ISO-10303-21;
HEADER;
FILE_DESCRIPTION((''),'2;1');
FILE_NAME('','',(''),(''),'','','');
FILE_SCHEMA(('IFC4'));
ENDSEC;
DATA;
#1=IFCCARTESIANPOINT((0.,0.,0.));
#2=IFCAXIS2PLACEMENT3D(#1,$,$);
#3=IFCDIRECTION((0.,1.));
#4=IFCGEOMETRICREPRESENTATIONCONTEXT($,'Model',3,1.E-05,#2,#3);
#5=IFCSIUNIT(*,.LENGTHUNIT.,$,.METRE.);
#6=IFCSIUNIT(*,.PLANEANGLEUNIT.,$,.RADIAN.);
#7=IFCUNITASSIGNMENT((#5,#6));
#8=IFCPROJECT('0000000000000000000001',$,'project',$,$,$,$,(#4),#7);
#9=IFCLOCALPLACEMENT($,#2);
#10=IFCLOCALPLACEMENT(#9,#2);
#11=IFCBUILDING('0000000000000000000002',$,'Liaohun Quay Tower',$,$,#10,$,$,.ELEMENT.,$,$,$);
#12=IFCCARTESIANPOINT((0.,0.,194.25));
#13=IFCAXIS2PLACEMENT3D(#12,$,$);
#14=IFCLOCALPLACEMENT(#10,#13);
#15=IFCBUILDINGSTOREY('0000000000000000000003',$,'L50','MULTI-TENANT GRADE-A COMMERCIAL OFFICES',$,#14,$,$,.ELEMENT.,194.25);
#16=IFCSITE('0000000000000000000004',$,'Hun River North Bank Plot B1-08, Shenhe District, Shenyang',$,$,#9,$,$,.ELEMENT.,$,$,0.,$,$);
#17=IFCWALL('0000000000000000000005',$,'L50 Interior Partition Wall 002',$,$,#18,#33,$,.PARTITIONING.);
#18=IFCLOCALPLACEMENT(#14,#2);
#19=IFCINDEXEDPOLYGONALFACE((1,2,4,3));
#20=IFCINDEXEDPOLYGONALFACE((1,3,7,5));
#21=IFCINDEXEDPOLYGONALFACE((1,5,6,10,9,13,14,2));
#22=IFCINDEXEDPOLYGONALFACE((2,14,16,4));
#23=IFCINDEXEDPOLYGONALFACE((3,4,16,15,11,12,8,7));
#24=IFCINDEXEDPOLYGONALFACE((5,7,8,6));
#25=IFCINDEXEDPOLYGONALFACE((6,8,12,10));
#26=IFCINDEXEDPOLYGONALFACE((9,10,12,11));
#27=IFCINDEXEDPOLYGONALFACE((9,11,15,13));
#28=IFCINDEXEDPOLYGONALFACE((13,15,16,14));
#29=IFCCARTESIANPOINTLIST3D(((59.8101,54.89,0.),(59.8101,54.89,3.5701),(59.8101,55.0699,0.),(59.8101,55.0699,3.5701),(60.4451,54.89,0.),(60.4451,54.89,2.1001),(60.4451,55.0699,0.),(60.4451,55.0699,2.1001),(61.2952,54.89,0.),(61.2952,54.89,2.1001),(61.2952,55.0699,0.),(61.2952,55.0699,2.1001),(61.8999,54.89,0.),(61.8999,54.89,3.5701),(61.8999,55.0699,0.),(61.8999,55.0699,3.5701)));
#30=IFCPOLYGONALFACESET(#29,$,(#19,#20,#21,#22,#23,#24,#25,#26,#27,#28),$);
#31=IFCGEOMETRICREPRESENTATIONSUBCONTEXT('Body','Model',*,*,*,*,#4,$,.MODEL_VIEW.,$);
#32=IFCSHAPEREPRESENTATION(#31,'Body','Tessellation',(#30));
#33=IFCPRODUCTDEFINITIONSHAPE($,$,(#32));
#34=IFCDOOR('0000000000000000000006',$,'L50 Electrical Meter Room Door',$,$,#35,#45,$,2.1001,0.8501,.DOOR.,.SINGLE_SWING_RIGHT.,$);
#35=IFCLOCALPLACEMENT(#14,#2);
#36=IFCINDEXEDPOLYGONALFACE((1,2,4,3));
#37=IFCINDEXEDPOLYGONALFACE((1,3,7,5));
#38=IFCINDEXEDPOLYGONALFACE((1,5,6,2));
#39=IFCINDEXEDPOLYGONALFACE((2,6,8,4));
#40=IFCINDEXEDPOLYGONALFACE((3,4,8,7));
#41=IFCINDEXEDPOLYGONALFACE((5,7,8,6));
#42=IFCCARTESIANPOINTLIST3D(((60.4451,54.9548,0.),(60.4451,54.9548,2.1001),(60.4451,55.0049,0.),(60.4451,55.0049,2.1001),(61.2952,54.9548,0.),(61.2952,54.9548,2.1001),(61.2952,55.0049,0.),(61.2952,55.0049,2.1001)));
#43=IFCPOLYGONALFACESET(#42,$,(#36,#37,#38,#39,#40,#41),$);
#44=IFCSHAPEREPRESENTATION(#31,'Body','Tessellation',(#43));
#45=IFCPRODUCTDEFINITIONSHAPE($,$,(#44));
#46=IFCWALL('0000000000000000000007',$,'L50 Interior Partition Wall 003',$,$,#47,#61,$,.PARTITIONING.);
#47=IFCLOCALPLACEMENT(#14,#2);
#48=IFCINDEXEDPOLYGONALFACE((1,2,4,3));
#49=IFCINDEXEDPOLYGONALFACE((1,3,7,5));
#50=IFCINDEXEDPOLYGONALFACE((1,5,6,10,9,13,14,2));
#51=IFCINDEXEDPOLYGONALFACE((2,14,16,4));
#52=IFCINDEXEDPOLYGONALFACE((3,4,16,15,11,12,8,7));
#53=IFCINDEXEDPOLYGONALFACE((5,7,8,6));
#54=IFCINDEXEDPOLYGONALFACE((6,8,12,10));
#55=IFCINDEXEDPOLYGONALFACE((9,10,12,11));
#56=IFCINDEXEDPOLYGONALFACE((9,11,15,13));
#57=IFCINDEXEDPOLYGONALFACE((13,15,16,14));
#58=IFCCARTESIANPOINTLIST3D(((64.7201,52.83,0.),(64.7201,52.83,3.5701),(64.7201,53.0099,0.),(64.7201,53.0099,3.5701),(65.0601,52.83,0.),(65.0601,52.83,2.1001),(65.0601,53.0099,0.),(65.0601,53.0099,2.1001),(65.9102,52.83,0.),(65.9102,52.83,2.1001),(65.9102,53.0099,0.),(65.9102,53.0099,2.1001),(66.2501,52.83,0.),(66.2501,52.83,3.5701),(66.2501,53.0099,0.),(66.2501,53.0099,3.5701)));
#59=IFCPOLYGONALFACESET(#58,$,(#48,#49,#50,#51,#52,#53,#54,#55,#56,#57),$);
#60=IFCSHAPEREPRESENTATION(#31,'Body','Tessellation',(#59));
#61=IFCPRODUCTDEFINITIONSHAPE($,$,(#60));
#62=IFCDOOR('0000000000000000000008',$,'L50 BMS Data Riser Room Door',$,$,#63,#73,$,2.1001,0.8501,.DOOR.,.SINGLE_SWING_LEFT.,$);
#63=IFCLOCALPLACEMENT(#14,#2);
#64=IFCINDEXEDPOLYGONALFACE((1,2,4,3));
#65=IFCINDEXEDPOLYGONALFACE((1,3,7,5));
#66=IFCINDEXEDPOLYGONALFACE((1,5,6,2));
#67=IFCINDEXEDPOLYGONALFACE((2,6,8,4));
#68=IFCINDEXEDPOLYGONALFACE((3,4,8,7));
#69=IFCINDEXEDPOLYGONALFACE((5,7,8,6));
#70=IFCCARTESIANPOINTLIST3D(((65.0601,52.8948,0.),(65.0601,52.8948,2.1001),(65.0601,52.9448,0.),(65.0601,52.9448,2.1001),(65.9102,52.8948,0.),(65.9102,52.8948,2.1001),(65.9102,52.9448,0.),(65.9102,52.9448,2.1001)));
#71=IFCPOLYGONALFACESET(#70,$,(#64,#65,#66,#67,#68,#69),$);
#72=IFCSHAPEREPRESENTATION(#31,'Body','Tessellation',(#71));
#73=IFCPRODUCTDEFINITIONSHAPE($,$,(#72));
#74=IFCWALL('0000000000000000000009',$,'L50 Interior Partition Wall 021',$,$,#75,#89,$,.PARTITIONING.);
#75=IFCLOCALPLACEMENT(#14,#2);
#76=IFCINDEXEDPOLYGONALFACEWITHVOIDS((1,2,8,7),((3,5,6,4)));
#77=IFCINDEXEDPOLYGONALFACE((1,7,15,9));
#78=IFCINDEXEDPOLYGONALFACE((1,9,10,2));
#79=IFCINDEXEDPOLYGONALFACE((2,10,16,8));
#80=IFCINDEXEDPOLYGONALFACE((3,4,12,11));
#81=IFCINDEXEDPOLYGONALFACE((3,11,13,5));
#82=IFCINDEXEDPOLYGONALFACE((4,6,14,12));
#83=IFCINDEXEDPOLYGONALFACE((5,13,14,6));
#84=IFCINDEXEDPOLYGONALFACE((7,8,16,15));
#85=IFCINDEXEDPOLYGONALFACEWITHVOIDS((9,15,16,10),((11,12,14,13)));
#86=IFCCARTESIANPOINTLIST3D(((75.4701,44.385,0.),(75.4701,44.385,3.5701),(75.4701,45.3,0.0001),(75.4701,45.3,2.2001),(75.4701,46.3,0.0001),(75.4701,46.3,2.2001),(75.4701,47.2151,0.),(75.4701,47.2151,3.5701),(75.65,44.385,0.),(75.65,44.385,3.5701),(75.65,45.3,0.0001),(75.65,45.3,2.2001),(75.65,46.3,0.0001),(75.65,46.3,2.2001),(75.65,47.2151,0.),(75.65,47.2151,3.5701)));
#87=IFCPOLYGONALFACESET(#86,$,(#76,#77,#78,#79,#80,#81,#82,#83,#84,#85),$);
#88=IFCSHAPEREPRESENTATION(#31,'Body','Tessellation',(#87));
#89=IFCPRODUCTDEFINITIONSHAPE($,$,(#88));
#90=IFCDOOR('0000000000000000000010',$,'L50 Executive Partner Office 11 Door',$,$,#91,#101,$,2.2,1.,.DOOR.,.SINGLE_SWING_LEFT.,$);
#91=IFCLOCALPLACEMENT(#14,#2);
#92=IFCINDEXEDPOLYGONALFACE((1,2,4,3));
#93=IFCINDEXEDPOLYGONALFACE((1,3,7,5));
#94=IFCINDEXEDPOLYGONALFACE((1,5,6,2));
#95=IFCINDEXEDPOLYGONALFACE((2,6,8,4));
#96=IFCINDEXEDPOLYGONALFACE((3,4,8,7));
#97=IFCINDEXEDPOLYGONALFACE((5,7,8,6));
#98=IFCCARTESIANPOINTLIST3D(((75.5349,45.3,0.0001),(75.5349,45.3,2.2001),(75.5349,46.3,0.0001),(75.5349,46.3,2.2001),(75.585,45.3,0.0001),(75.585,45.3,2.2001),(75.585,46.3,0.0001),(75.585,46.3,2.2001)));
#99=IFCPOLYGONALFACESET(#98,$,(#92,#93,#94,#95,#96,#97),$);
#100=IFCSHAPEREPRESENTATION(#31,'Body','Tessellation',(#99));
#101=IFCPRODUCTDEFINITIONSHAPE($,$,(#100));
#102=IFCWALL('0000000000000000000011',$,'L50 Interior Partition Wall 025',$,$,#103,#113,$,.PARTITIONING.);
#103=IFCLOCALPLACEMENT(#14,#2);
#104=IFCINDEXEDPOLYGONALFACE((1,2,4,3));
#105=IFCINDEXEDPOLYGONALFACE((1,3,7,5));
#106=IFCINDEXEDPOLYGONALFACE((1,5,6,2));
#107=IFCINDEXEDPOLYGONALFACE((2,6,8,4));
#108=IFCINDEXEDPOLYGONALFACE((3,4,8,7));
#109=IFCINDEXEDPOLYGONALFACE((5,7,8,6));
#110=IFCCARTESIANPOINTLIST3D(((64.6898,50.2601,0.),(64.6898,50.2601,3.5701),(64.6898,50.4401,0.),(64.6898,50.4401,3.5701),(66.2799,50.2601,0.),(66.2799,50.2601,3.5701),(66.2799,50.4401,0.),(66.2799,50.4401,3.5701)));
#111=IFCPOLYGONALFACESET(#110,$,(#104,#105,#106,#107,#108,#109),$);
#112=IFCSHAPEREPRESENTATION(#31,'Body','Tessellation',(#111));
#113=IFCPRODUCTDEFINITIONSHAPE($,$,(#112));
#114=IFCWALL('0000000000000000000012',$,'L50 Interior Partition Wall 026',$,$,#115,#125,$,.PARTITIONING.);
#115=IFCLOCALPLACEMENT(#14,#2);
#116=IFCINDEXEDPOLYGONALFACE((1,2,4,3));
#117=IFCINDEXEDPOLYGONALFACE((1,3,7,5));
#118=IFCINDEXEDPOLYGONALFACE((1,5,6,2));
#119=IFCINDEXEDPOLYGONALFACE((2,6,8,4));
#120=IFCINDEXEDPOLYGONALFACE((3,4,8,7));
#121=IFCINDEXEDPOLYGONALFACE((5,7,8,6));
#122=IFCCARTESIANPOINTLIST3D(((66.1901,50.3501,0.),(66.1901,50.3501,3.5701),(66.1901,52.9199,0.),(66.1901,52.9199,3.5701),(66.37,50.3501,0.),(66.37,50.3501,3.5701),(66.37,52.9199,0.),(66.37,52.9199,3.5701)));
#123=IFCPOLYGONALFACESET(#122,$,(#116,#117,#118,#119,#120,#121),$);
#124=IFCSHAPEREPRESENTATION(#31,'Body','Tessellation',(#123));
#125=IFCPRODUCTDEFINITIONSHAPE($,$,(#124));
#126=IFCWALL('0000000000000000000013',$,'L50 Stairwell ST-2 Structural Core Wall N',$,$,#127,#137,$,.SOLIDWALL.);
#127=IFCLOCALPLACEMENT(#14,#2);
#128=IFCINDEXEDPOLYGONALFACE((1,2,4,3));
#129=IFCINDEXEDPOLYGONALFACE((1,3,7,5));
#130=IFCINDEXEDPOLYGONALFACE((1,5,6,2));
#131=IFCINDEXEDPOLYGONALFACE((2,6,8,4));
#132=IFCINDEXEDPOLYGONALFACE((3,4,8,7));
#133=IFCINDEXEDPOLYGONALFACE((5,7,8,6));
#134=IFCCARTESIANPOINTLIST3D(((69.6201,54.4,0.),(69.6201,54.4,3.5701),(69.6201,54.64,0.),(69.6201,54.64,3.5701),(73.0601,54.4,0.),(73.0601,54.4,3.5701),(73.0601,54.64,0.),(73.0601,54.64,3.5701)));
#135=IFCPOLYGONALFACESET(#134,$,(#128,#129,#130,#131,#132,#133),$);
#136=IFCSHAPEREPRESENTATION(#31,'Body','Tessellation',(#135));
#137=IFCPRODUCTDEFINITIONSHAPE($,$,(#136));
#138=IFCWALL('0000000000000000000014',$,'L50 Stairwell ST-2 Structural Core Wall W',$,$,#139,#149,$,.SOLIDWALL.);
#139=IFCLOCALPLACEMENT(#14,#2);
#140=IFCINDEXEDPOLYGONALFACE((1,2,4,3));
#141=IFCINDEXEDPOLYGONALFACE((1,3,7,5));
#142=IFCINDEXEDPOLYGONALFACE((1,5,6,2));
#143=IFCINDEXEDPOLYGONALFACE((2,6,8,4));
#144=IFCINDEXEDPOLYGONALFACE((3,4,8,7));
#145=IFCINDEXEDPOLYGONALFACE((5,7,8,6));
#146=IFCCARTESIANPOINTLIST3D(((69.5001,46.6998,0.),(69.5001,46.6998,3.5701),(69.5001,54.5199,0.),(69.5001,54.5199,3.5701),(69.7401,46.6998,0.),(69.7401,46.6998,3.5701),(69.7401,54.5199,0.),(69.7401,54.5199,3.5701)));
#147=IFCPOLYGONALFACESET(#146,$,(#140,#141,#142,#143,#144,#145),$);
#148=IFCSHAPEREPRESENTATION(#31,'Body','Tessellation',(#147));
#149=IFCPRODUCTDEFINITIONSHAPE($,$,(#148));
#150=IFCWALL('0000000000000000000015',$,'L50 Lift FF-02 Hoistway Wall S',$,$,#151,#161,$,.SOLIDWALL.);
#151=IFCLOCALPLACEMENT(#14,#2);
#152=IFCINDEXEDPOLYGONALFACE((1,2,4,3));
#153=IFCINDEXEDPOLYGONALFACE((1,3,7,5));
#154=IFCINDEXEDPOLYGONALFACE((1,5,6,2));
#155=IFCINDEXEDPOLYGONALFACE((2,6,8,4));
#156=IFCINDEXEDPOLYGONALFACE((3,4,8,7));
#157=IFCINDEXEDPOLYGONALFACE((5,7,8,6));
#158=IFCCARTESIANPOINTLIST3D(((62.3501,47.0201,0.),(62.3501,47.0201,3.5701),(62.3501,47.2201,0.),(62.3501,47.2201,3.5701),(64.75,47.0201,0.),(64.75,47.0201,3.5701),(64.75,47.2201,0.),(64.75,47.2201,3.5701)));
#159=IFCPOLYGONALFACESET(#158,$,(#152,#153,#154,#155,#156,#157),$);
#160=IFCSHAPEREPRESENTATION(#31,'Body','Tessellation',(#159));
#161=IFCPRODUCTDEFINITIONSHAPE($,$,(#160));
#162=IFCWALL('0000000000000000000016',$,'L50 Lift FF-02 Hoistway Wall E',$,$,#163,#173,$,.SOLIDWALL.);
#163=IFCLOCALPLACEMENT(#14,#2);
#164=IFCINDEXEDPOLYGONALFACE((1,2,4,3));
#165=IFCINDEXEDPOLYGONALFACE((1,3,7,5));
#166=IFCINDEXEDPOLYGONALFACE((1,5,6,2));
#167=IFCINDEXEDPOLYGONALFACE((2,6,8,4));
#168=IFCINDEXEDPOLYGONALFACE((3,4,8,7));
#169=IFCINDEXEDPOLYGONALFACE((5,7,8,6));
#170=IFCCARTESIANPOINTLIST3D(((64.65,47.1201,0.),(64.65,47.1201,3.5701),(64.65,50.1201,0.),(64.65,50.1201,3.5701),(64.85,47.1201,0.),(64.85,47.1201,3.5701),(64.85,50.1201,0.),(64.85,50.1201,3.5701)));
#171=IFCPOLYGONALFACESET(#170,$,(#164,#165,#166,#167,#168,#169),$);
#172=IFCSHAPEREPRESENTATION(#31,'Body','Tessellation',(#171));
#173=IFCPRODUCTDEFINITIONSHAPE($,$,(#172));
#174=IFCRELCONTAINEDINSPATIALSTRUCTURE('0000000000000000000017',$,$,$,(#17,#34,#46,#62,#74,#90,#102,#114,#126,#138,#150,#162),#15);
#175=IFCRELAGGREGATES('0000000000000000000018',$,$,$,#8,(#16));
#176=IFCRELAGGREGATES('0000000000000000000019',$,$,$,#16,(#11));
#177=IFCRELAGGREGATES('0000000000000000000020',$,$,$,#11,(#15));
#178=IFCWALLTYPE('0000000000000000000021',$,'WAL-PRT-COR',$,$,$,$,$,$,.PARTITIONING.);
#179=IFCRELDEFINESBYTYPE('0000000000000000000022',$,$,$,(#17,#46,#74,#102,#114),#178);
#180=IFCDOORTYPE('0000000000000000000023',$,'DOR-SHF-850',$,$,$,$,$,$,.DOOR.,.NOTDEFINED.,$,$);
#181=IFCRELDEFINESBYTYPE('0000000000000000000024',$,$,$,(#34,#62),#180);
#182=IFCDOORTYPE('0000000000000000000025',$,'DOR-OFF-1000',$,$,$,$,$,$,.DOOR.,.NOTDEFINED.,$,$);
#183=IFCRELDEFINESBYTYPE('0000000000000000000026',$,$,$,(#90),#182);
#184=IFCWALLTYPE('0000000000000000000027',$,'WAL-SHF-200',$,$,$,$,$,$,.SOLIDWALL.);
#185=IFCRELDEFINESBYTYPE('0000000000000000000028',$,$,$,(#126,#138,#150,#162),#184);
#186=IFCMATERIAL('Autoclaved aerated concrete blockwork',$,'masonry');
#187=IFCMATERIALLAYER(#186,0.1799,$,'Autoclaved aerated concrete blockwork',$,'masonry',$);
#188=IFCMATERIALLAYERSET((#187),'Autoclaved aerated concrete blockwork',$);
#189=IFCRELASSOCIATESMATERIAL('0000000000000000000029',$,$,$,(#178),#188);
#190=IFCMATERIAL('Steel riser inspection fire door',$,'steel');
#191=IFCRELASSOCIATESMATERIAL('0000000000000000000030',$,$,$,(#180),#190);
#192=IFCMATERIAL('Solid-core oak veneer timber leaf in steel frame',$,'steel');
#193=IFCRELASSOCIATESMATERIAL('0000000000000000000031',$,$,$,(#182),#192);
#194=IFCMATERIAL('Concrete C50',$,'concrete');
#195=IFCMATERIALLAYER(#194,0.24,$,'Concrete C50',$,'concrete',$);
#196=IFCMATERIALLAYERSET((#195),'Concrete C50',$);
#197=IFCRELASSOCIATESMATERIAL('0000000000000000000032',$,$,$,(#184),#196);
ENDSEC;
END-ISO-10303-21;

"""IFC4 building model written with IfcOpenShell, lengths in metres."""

from ifc_helpers import new_model, si_unit, direction, frame, frame_2d, origin, place, context, subcontext, project, spatial, rectangle, extrude, source, transform, mapped, material, layer, layer_set, type_object, element, fill, save


model = new_model("IFC4")

# Units and contexts
model_context = context("Model", 3, precision=1e-05, world=origin(), true_north=direction((0.0, 1.0)))
body_context = subcontext(model_context, "Body", "Model", "MODEL_VIEW")
ifc_project = project(units=[si_unit("LENGTHUNIT", "METRE"), si_unit("PLANEANGLEUNIT", "RADIAN")], contexts=[model_context])

# Site, building, storey
site_placement = place(None, origin())
site = spatial("IfcSite", under=ifc_project, at=site_placement, Name="Hun River North Bank Plot B1-08, Shenhe District, Shenyang", CompositionType="ELEMENT", RefElevation=0.0)
building_placement = place(site_placement, origin())
building = spatial("IfcBuilding", under=site, at=building_placement, Name="Liaohun Quay Tower", CompositionType="ELEMENT")
storey_placement = place(building_placement, frame((0.0, 0.0, 194.25)))
storey = spatial("IfcBuildingStorey", under=building, at=storey_placement, Name="L50", Description="MULTI-TENANT GRADE-A COMMERCIAL OFFICES", CompositionType="ELEMENT", Elevation=194.25)

# Walls, openings, doors
ifc_material_1 = material(Name="Autoclaved aerated concrete blockwork", Category="masonry")
ifc_layer_1 = layer(ifc_material_1, 0.1799, Name="Autoclaved aerated concrete blockwork", Category="masonry")
ifc_layer_set_1 = layer_set([ifc_layer_1], Name="Autoclaved aerated concrete blockwork")
wall_type_1 = type_object("IfcWallType", Name="WAL-PRT-COR", PredefinedType="PARTITIONING", material=ifc_layer_set_1)
wall_1_placement = place(storey_placement, frame((59.8101, 54.98, 0.0), z_axis=(0.0, 0.0, 1.0), x_axis=(1.0, 0.0, 0.0)))
wall_1 = element("IfcWall", 1, at=wall_1_placement, inside=storey, type_object=wall_type_1, Name="L50 Interior Partition Wall 002", PredefinedType="PARTITIONING", context=body_context, shape_type="SweptSolid", body=[
    extrude(rectangle(XDim=2.0898, YDim=0.1799, at=frame_2d((1.0449, 0.0))), origin(), (0.0, 0.0, 1.0), 3.5701),
])
shared_shape_1 = source(origin(), body_context, "Body", "SweptSolid", [
    extrude(rectangle(XDim=0.8501, YDim=2.1001, at=frame_2d((0.425, 1.05))), frame((0.0, 0.0999, 0.0), z_axis=(0.0, -1.0, 0.0), x_axis=(1.0, 0.0, 0.0)), (0.0, 0.0, 1.0), 0.2),
])
opening_1_placement = place(wall_1_placement, frame((0.635, 0.0, 0.0)))
opening_1 = element("IfcOpeningElement", 2, at=opening_1_placement, cuts=wall_1, PredefinedType="OPENING", context=body_context, shape_type="MappedRepresentation", body=[
    mapped(shared_shape_1, transform((0.0, 0.0, 0.0), x_axis=(1.0, 0.0, 0.0), y_axis=(0.0, 1.0, 0.0), z_axis=(0.0, 0.0, 1.0), scale=1.0)),
])
ifc_material_2 = material(Name="Steel riser inspection fire door", Category="steel")
door_type_1 = type_object("IfcDoorType", Name="DOR-SHF-850", OperationType="NOTDEFINED", PredefinedType="DOOR", material=ifc_material_2)
shared_shape_2 = source(origin(), body_context, "Body", "SweptSolid", [
    extrude(rectangle(XDim=0.8501, YDim=2.1001, at=frame_2d((0.425, 1.05))), frame((0.0, 0.0249, 0.0), z_axis=(0.0, -1.0, 0.0), x_axis=(1.0, 0.0, 0.0)), (0.0, 0.0, 1.0), 0.05),
])
door_1_placement = place(opening_1_placement, origin())
door_1 = element("IfcDoor", 3, at=door_1_placement, inside=storey, type_object=door_type_1, Name="L50 Electrical Meter Room Door", OperationType="SINGLE_SWING_RIGHT", OverallHeight=2.1001, OverallWidth=0.8501, PredefinedType="DOOR", context=body_context, shape_type="MappedRepresentation", body=[
    mapped(shared_shape_2, transform((0.0, 0.0, 0.0), x_axis=(1.0, 0.0, 0.0), y_axis=(0.0, 1.0, 0.0), z_axis=(0.0, 0.0, 1.0), scale=1.0)),
])
fill(opening_1, door_1)
wall_2_placement = place(storey_placement, frame((64.72, 52.9199, 0.0), z_axis=(0.0, 0.0, 1.0), x_axis=(1.0, 0.0, 0.0)))
wall_2 = element("IfcWall", 4, at=wall_2_placement, inside=storey, type_object=wall_type_1, Name="L50 Interior Partition Wall 003", PredefinedType="PARTITIONING", context=body_context, shape_type="SweptSolid", body=[
    extrude(rectangle(XDim=1.53, YDim=0.1799, at=frame_2d((0.7651, 0.0))), origin(), (0.0, 0.0, 1.0), 3.5701),
])
opening_2_placement = place(wall_2_placement, frame((0.3401, 0.0, 0.0)))
opening_2 = element("IfcOpeningElement", 5, at=opening_2_placement, cuts=wall_2, PredefinedType="OPENING", context=body_context, shape_type="MappedRepresentation", body=[
    mapped(shared_shape_1, transform((0.0, 0.0, 0.0), x_axis=(1.0, 0.0, 0.0), y_axis=(0.0, 1.0, 0.0), z_axis=(0.0, 0.0, 1.0), scale=1.0)),
])
door_2_placement = place(opening_2_placement, origin())
door_2 = element("IfcDoor", 6, at=door_2_placement, inside=storey, type_object=door_type_1, Name="L50 BMS Data Riser Room Door", OperationType="SINGLE_SWING_LEFT", OverallHeight=2.1001, OverallWidth=0.8501, PredefinedType="DOOR", context=body_context, shape_type="MappedRepresentation", body=[
    mapped(shared_shape_2, transform((0.0, 0.0, 0.0), x_axis=(1.0, 0.0, 0.0), y_axis=(0.0, 1.0, 0.0), z_axis=(0.0, 0.0, 1.0), scale=1.0)),
])
fill(opening_2, door_2)
wall_3_placement = place(storey_placement, frame((75.5601, 47.2151, 0.0), z_axis=(0.0, 0.0, 1.0), x_axis=(0.0, -1.0, 0.0)))
wall_3 = element("IfcWall", 7, at=wall_3_placement, inside=storey, type_object=wall_type_1, Name="L50 Interior Partition Wall 021", PredefinedType="PARTITIONING", context=body_context, shape_type="SweptSolid", body=[
    extrude(rectangle(XDim=2.8301, YDim=0.1799, at=frame_2d((1.415, 0.0))), origin(), (0.0, 0.0, 1.0), 3.5701),
])
shared_shape_3 = source(origin(), body_context, "Body", "SweptSolid", [
    extrude(rectangle(XDim=1.0, YDim=2.2, at=frame_2d((0.5, 1.1001))), frame((0.0, 0.0999, 0.0), z_axis=(0.0, -1.0, 0.0), x_axis=(1.0, 0.0, 0.0)), (0.0, 0.0, 1.0), 0.2),
])
opening_3_placement = place(wall_3_placement, frame((0.915, 0.0, 0.0)))
opening_3 = element("IfcOpeningElement", 8, at=opening_3_placement, cuts=wall_3, PredefinedType="OPENING", context=body_context, shape_type="MappedRepresentation", body=[
    mapped(shared_shape_3, transform((0.0, 0.0, 0.0), x_axis=(1.0, 0.0, 0.0), y_axis=(0.0, 1.0, 0.0), z_axis=(0.0, 0.0, 1.0), scale=1.0)),
])
ifc_material_3 = material(Name="Solid-core oak veneer timber leaf in steel frame", Category="steel")
door_type_2 = type_object("IfcDoorType", Name="DOR-OFF-1000", OperationType="NOTDEFINED", PredefinedType="DOOR", material=ifc_material_3)
shared_shape_4 = source(origin(), body_context, "Body", "SweptSolid", [
    extrude(rectangle(XDim=1.0, YDim=2.2, at=frame_2d((0.5, 1.1001))), frame((0.0, 0.0249, 0.0), z_axis=(0.0, -1.0, 0.0), x_axis=(1.0, 0.0, 0.0)), (0.0, 0.0, 1.0), 0.05),
])
door_3_placement = place(opening_3_placement, origin())
door_3 = element("IfcDoor", 9, at=door_3_placement, inside=storey, type_object=door_type_2, Name="L50 Executive Partner Office 11 Door", OperationType="SINGLE_SWING_LEFT", OverallHeight=2.2, OverallWidth=1.0, PredefinedType="DOOR", context=body_context, shape_type="MappedRepresentation", body=[
    mapped(shared_shape_4, transform((0.0, 0.0, 0.0), x_axis=(1.0, 0.0, 0.0), y_axis=(0.0, 1.0, 0.0), z_axis=(0.0, 0.0, 1.0), scale=1.0)),
])
fill(opening_3, door_3)

# Walls
wall_4_placement = place(storey_placement, frame((64.6899, 50.3501, 0.0), z_axis=(0.0, 0.0, 1.0), x_axis=(1.0, 0.0, 0.0)))
element("IfcWall", 10, at=wall_4_placement, inside=storey, type_object=wall_type_1, Name="L50 Interior Partition Wall 025", PredefinedType="PARTITIONING", context=body_context, shape_type="SweptSolid", body=[
    extrude(rectangle(XDim=1.5901, YDim=0.1799, at=frame_2d((0.7949, 0.0))), origin(), (0.0, 0.0, 1.0), 3.5701),
])
wall_5_placement = place(storey_placement, frame((66.28, 50.3501, 0.0), z_axis=(0.0, 0.0, 1.0), x_axis=(0.0, 1.0, 0.0)))
element("IfcWall", 11, at=wall_5_placement, inside=storey, type_object=wall_type_1, Name="L50 Interior Partition Wall 026", PredefinedType="PARTITIONING", context=body_context, shape_type="SweptSolid", body=[
    extrude(rectangle(XDim=2.5698, YDim=0.1799, at=frame_2d((1.2849, 0.0))), origin(), (0.0, 0.0, 1.0), 3.5701),
])
ifc_material_4 = material(Name="Concrete C50", Category="concrete")
ifc_layer_2 = layer(ifc_material_4, 0.24, Name="Concrete C50", Category="concrete")
ifc_layer_set_2 = layer_set([ifc_layer_2], Name="Concrete C50")
wall_type_2 = type_object("IfcWallType", Name="WAL-SHF-200", PredefinedType="SOLIDWALL", material=ifc_layer_set_2)
wall_6_placement = place(storey_placement, frame((73.0601, 54.52, 0.0), z_axis=(0.0, 0.0, 1.0), x_axis=(-1.0, 0.0, 0.0)))
element("IfcWall", 12, at=wall_6_placement, inside=storey, type_object=wall_type_2, Name="L50 Stairwell ST-2 Structural Core Wall N", PredefinedType="SOLIDWALL", context=body_context, shape_type="SweptSolid", body=[
    extrude(rectangle(XDim=3.4399, YDim=0.24, at=frame_2d((1.72, 0.0))), origin(), (0.0, 0.0, 1.0), 3.5701),
])
wall_7_placement = place(storey_placement, frame((69.6201, 54.52, 0.0), z_axis=(0.0, 0.0, 1.0), x_axis=(0.0, -1.0, 0.0)))
element("IfcWall", 13, at=wall_7_placement, inside=storey, type_object=wall_type_2, Name="L50 Stairwell ST-2 Structural Core Wall W", PredefinedType="SOLIDWALL", context=body_context, shape_type="SweptSolid", body=[
    extrude(rectangle(XDim=7.8201, YDim=0.24, at=frame_2d((3.9102, 0.0))), origin(), (0.0, 0.0, 1.0), 3.5701),
])
wall_8_placement = place(storey_placement, frame((62.3501, 47.1201, 0.0), z_axis=(0.0, 0.0, 1.0), x_axis=(1.0, 0.0, 0.0)))
element("IfcWall", 14, at=wall_8_placement, inside=storey, type_object=wall_type_2, Name="L50 Lift FF-02 Hoistway Wall S", PredefinedType="SOLIDWALL", context=body_context, shape_type="SweptSolid", body=[
    extrude(rectangle(XDim=2.3999, YDim=0.2, at=frame_2d((1.2, 0.0))), origin(), (0.0, 0.0, 1.0), 3.5701),
])
wall_9_placement = place(storey_placement, frame((64.75, 47.1201, 0.0), z_axis=(0.0, 0.0, 1.0), x_axis=(0.0, 1.0, 0.0)))
element("IfcWall", 15, at=wall_9_placement, inside=storey, type_object=wall_type_2, Name="L50 Lift FF-02 Hoistway Wall E", PredefinedType="SOLIDWALL", context=body_context, shape_type="SweptSolid", body=[
    extrude(rectangle(XDim=3.0, YDim=0.2, at=frame_2d((1.5, 0.0))), origin(), (0.0, 0.0, 1.0), 3.5701),
])

save(model, "model.ifc")
